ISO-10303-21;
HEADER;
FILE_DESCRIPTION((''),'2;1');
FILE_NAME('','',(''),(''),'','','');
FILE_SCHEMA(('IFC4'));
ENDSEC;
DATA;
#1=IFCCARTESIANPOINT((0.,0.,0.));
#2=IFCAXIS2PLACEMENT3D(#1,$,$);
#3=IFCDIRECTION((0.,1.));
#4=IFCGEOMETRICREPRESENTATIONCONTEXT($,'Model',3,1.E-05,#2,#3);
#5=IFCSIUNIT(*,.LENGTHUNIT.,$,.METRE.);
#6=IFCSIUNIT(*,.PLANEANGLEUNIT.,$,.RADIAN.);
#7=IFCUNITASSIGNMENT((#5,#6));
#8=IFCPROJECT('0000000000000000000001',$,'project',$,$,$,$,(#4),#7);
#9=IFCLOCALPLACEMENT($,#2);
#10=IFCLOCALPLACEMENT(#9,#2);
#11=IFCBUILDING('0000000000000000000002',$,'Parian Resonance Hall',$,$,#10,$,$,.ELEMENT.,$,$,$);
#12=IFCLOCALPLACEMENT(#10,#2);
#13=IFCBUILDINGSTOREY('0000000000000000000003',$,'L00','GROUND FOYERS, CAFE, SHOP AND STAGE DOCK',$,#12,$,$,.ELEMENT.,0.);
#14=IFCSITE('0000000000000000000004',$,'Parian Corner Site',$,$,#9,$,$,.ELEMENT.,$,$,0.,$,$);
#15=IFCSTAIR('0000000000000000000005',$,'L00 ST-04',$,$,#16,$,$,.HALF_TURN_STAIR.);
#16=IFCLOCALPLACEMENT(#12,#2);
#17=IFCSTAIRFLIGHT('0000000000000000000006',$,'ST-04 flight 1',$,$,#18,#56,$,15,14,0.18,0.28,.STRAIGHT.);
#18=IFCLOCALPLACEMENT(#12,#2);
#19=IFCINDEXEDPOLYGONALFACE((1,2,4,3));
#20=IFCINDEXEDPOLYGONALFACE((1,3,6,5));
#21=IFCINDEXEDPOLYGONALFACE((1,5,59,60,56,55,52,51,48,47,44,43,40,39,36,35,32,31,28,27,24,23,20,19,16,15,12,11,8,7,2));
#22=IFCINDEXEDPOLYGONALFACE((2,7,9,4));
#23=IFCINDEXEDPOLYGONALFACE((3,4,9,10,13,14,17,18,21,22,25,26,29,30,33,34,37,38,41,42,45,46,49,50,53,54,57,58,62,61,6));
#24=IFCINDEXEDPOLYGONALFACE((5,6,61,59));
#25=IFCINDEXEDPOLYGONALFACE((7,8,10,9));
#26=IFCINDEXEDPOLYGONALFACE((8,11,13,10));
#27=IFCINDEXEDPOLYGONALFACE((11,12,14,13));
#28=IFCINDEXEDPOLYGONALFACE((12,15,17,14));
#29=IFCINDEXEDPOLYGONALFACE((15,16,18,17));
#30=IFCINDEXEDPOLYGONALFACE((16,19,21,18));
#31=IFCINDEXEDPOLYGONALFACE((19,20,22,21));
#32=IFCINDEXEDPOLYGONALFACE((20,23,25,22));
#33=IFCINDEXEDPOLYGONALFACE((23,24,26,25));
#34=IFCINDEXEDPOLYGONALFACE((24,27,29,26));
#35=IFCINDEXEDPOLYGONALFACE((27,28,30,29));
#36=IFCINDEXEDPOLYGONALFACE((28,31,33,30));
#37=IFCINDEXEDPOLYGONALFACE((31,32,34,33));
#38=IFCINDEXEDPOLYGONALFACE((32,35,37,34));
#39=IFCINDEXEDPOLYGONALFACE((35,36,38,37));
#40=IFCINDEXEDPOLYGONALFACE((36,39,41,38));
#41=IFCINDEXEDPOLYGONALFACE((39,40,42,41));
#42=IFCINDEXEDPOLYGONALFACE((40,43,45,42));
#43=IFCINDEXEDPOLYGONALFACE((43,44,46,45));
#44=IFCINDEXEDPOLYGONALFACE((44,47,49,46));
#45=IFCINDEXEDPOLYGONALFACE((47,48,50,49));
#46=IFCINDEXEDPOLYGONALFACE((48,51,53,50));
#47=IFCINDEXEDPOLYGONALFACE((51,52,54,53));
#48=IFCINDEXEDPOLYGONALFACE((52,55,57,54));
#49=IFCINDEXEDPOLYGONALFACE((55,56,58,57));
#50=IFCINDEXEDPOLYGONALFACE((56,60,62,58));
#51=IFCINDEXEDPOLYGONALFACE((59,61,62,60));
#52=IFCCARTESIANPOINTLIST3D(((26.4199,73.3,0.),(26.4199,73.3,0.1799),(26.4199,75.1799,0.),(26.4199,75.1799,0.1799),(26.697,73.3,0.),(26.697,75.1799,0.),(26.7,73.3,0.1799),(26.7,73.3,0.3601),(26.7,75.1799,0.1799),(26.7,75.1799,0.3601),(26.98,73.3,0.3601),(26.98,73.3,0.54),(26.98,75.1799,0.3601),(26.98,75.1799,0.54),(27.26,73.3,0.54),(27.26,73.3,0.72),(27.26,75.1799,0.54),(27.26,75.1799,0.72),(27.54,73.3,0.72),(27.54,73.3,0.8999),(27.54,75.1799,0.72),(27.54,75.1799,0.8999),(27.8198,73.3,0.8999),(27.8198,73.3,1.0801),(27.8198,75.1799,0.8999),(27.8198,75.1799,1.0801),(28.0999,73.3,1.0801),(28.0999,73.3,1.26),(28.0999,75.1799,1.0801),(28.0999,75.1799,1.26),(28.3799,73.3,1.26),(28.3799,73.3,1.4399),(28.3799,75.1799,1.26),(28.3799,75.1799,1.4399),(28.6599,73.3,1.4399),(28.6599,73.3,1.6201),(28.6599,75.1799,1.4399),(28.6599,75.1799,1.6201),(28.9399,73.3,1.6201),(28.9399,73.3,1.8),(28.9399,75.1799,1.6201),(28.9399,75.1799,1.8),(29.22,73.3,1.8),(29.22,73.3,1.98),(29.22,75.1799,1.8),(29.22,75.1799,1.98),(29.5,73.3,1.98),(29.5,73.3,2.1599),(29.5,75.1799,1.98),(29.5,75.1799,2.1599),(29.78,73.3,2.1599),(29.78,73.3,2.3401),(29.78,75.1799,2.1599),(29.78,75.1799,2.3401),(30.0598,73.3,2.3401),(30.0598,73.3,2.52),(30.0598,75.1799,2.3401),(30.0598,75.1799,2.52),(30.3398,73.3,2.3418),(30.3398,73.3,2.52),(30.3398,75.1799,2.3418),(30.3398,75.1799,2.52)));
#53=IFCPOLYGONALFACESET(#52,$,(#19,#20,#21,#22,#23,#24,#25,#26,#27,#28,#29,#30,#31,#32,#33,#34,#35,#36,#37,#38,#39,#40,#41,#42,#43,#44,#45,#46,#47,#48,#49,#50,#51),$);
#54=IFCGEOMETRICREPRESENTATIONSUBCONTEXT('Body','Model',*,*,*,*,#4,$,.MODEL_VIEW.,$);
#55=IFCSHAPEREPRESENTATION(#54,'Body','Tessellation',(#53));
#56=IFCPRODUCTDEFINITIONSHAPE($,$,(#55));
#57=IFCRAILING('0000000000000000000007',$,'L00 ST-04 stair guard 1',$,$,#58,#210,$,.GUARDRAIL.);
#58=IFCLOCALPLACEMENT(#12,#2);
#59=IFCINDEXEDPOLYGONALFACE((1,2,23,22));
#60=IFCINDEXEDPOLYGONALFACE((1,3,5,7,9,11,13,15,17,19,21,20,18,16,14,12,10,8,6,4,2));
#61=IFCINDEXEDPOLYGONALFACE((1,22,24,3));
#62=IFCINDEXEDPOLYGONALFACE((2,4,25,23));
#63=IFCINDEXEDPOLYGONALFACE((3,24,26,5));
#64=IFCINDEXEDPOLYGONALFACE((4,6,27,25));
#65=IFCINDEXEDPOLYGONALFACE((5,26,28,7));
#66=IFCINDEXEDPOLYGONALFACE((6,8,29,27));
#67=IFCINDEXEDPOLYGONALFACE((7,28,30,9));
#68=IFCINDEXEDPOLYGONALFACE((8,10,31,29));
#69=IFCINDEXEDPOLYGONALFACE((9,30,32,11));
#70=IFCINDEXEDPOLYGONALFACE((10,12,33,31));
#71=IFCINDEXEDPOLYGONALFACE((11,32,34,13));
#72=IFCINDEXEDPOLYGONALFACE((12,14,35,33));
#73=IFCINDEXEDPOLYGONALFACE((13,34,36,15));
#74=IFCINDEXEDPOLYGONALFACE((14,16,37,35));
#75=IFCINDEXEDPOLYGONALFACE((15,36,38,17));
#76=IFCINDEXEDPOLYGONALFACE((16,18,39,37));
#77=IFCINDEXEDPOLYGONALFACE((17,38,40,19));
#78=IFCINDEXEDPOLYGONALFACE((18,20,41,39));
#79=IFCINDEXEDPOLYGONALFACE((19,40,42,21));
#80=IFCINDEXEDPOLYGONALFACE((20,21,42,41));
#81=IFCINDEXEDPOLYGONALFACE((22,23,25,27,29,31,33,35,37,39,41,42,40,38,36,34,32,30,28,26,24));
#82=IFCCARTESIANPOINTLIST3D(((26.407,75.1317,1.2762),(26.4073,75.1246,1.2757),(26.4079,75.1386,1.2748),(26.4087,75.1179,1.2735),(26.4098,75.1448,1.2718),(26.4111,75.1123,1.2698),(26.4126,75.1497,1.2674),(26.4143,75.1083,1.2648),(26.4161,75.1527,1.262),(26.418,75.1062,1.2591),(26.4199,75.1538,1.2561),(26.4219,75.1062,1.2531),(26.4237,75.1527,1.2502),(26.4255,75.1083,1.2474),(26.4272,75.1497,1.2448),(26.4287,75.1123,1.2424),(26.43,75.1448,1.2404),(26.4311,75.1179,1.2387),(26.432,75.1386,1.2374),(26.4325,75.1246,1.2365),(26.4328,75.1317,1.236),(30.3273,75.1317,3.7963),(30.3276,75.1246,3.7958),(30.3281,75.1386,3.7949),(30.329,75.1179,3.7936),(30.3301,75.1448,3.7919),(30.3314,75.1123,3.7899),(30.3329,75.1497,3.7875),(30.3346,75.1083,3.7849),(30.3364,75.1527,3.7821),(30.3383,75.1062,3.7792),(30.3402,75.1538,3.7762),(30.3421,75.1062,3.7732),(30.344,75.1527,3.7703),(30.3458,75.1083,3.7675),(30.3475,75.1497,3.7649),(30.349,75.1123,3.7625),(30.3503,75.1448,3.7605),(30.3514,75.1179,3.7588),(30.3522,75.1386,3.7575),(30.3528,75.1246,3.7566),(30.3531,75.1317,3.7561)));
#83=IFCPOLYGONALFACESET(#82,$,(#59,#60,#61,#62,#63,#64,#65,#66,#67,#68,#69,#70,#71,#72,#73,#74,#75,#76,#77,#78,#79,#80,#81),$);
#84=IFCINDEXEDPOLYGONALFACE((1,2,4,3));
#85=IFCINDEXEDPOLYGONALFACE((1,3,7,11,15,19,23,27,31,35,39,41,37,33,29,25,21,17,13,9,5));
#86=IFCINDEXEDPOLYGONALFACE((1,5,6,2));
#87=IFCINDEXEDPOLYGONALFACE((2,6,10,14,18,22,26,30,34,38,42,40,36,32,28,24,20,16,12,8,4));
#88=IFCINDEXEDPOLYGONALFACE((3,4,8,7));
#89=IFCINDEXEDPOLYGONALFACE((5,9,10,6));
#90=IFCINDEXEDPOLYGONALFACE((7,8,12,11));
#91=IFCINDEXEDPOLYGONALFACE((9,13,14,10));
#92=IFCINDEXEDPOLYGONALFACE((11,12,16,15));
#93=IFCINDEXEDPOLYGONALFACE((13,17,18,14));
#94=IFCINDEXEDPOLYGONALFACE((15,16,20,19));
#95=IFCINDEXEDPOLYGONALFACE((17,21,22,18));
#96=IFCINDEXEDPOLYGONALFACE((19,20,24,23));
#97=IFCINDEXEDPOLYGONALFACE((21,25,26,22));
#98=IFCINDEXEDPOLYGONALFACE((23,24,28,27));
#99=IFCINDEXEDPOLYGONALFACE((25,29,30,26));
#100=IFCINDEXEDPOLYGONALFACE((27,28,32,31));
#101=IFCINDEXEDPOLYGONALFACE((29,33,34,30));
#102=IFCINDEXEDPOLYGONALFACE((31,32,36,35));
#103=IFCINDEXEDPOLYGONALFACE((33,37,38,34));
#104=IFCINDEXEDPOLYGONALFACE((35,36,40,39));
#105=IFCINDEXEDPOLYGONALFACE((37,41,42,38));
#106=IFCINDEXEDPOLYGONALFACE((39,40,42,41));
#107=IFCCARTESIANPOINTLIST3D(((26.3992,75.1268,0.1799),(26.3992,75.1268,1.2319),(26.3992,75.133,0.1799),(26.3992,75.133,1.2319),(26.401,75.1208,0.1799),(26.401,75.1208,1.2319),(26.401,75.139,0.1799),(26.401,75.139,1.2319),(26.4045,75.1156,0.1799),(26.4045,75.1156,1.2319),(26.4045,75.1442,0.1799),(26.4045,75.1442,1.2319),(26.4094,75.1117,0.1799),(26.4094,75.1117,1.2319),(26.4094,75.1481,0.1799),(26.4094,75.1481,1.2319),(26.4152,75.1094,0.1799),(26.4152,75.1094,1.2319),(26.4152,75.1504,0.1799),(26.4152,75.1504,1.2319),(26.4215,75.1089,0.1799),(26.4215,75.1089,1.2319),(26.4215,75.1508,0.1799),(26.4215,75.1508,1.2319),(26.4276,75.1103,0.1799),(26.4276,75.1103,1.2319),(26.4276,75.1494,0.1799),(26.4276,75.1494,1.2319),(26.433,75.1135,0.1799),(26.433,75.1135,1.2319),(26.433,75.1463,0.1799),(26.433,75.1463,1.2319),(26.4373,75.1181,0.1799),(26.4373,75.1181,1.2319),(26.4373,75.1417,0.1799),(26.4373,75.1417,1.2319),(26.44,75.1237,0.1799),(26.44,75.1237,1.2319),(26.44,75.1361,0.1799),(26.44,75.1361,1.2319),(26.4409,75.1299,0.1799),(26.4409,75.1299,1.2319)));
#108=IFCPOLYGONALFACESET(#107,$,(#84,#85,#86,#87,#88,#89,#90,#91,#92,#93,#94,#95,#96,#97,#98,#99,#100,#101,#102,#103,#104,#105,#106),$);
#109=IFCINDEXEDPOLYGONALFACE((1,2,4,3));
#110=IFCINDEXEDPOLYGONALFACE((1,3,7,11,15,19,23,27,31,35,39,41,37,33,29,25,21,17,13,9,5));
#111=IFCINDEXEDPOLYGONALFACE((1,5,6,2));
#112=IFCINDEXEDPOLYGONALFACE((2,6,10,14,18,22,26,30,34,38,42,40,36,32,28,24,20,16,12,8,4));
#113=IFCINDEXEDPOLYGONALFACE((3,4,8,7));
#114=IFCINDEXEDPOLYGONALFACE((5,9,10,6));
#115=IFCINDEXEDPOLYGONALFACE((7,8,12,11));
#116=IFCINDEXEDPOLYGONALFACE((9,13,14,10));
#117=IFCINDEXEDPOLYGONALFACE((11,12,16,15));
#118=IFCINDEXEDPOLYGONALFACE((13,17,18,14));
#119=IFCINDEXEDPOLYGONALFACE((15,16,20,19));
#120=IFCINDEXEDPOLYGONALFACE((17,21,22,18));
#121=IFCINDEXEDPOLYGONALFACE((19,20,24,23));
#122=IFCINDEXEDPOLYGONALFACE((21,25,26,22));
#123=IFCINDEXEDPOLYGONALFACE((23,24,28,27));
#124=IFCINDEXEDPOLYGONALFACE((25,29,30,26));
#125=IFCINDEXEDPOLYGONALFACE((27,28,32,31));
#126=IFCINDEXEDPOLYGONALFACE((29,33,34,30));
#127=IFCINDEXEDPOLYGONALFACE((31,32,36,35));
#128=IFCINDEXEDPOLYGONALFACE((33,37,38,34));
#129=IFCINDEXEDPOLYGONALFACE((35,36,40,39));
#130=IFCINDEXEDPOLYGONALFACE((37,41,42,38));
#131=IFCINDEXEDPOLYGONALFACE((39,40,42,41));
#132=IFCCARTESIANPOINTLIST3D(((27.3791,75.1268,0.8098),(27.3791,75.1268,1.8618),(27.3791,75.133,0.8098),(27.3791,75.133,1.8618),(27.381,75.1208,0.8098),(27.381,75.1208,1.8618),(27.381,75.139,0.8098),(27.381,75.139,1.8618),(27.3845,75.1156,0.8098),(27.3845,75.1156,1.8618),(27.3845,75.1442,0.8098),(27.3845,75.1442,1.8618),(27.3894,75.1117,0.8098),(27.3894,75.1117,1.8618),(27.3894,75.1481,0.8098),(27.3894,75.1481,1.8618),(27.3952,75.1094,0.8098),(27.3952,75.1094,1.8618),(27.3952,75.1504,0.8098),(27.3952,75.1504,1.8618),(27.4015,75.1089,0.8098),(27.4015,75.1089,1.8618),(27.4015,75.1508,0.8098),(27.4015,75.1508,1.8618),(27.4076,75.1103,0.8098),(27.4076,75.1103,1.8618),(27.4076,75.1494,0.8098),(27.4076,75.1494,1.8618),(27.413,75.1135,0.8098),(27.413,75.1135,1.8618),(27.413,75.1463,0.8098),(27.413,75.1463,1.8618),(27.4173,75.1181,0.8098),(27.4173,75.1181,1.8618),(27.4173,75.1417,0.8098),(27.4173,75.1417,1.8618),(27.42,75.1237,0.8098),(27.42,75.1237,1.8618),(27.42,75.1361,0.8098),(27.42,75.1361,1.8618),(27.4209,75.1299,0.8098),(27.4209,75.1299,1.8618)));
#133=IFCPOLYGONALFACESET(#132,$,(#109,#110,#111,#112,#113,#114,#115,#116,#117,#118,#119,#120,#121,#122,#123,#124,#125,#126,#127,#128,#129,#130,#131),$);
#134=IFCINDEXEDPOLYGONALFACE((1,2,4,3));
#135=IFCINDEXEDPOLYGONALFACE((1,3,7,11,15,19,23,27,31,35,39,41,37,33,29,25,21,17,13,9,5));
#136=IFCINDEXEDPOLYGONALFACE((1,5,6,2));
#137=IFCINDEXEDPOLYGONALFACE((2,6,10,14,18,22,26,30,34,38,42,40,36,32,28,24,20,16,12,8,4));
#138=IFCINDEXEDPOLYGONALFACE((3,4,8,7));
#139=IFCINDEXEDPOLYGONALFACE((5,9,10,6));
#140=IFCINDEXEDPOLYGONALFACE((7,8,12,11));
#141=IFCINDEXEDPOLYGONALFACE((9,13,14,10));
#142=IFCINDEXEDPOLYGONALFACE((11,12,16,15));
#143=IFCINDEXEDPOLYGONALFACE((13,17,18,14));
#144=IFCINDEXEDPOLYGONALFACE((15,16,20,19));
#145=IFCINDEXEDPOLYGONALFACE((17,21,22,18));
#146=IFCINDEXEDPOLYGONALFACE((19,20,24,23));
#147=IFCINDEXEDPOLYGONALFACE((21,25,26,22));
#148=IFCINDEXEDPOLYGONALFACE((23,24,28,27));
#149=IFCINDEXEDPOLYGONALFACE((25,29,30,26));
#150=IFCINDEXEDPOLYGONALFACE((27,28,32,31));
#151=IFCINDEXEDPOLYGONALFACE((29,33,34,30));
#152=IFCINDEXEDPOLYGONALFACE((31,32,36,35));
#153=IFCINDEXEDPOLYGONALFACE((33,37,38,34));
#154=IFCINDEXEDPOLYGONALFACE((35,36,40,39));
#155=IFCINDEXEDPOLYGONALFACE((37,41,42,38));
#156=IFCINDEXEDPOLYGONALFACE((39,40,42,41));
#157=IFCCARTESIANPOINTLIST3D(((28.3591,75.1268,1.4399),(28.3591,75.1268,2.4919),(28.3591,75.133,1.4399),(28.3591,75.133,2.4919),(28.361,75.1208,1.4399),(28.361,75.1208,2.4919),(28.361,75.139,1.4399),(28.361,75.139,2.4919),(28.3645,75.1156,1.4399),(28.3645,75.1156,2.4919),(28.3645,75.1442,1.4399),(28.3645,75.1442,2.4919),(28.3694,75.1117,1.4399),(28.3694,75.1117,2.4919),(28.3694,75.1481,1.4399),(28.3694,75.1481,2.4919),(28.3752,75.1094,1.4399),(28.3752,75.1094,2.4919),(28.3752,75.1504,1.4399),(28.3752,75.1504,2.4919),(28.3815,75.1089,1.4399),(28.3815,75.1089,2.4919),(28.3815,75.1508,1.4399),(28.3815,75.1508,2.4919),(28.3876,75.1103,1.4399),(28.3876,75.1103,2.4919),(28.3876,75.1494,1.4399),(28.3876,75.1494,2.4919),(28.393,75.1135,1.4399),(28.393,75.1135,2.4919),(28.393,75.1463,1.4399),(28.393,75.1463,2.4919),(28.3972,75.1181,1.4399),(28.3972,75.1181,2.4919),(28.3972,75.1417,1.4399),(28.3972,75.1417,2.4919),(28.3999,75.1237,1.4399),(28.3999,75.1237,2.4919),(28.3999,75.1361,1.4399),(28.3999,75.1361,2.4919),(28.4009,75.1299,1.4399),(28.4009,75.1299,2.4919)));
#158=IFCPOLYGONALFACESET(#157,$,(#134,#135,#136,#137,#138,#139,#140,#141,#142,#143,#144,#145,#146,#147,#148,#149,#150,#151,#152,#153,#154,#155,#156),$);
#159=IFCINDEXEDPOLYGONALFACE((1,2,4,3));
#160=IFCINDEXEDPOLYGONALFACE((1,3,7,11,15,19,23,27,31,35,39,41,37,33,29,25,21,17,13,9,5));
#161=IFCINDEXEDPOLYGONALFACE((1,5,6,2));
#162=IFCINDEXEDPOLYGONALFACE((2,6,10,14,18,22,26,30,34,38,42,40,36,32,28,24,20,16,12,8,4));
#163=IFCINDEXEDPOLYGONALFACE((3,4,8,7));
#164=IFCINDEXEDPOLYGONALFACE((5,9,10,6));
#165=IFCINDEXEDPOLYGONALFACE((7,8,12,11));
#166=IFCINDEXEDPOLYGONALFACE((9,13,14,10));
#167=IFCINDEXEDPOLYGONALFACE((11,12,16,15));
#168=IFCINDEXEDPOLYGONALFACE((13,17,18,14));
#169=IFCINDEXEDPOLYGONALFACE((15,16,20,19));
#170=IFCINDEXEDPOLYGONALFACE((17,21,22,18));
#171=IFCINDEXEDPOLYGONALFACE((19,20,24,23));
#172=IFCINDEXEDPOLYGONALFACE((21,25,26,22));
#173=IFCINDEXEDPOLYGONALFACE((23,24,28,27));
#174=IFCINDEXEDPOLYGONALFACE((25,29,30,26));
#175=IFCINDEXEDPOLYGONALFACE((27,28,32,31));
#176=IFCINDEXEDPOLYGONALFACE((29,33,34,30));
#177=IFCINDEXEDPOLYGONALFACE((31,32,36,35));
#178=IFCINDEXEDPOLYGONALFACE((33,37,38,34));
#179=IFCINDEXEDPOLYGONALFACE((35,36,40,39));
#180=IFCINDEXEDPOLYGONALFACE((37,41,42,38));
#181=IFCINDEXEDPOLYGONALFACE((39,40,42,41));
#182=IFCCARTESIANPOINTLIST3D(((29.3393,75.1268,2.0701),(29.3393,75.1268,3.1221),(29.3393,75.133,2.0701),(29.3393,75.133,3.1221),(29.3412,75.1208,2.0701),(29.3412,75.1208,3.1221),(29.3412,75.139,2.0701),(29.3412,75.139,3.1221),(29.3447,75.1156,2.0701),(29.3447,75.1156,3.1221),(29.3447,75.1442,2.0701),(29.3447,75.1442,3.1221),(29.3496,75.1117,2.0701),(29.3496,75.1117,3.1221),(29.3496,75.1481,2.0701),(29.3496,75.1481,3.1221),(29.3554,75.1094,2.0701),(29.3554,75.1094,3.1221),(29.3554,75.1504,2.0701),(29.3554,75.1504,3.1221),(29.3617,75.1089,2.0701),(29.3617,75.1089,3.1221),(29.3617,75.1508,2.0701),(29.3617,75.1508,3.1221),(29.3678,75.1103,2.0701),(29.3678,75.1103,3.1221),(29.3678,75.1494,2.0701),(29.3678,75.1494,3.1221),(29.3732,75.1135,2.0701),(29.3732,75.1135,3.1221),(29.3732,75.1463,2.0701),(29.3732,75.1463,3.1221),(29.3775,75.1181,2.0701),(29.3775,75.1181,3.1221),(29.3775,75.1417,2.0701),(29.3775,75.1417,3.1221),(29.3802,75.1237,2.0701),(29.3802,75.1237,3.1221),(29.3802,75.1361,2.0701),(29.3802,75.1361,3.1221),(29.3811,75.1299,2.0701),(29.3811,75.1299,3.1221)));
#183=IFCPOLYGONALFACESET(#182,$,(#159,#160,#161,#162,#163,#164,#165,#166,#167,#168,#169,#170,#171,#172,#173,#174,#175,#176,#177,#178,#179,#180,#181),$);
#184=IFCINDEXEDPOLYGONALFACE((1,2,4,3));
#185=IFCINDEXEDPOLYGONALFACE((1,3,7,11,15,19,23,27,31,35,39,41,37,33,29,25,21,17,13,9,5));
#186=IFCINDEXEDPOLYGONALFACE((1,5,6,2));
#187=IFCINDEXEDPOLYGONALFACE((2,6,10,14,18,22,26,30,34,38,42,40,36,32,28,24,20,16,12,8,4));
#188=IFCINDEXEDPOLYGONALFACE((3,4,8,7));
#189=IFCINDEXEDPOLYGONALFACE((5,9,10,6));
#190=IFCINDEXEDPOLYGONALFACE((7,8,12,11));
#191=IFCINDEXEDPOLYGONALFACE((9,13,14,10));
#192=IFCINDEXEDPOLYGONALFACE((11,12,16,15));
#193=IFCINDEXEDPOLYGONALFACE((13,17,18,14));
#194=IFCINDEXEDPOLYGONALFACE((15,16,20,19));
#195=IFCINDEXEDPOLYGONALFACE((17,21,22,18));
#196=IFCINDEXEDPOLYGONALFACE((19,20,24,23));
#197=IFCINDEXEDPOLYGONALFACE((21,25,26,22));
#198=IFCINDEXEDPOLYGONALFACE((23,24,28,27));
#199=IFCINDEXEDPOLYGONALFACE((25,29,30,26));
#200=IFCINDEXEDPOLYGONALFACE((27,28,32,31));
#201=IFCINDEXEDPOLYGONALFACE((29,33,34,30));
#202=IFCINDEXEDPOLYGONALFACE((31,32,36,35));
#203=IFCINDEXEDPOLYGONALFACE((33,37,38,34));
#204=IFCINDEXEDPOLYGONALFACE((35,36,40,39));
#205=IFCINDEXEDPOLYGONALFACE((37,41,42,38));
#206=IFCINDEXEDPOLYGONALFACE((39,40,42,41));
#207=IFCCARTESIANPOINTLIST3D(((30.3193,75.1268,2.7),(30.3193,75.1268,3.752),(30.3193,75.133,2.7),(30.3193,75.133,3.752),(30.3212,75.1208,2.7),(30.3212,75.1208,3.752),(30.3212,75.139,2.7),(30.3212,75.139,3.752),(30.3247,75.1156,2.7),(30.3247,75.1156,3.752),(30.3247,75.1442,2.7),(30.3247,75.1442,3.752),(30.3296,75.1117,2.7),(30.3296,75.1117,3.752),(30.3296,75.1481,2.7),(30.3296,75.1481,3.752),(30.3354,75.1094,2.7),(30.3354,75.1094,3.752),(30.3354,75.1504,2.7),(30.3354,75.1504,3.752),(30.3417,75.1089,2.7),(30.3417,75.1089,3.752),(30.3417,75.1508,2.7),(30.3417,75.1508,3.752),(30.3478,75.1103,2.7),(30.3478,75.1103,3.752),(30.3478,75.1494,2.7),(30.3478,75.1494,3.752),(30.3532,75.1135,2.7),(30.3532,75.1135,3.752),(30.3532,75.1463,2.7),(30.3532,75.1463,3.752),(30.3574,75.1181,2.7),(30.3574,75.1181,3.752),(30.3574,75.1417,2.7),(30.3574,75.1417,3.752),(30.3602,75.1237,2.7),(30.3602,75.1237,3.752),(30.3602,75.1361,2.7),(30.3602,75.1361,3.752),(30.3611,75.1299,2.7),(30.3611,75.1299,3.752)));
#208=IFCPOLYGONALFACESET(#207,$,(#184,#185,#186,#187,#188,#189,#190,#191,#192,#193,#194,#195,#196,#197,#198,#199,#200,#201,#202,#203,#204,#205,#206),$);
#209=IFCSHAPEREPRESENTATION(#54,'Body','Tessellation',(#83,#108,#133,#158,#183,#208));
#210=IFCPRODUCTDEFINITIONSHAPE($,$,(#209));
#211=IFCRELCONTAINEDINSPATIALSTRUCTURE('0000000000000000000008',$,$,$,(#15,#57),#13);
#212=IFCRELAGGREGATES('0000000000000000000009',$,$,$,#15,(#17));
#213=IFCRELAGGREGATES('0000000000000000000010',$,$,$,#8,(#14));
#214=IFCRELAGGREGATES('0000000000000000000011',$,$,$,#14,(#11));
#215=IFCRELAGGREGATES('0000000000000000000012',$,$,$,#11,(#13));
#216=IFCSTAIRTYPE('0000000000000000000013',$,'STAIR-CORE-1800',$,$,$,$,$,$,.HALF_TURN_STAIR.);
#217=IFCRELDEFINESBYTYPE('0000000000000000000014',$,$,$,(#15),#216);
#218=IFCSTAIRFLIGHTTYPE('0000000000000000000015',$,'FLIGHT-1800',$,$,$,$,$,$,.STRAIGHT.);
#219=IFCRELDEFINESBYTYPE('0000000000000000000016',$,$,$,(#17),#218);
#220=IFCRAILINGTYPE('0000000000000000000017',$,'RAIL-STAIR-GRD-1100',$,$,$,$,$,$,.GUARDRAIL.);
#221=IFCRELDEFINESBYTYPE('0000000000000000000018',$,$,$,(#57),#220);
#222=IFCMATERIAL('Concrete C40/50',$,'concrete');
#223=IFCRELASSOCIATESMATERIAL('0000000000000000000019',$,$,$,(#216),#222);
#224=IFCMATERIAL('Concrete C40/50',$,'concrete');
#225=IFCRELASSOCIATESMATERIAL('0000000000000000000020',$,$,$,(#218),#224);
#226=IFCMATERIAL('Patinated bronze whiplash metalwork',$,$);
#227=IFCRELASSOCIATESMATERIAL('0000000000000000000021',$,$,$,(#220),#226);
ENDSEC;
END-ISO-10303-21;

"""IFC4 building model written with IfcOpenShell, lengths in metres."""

from ifc_helpers import new_model, si_unit, direction, frame, origin, origin_2d, place, context, subcontext, project, spatial, polyline, circle, outline, extrude, material, type_object, element, aggregate, save


model = new_model("IFC4")

# Units and contexts
model_context = context("Model", 3, precision=1e-05, world=origin(), true_north=direction((0.0, 1.0)))
body_context = subcontext(model_context, "Body", "Model", "MODEL_VIEW")
ifc_project = project(units=[si_unit("LENGTHUNIT", "METRE"), si_unit("PLANEANGLEUNIT", "RADIAN")], contexts=[model_context])

# Site, building, storey
site_placement = place(None, origin())
site = spatial("IfcSite", under=ifc_project, at=site_placement, Name="Parian Corner Site", CompositionType="ELEMENT", RefElevation=0.0)
building_placement = place(site_placement, origin())
building = spatial("IfcBuilding", under=site, at=building_placement, Name="Parian Resonance Hall", CompositionType="ELEMENT")
storey_placement = place(building_placement, origin())
storey = spatial("IfcBuildingStorey", under=building, at=storey_placement, Name="L00", Description="GROUND FOYERS, CAFE, SHOP AND STAGE DOCK", CompositionType="ELEMENT", Elevation=0.0)

# Stair, stair flight
ifc_material_1 = material(Name="Concrete C40/50", Category="concrete")
stair_type = type_object("IfcStairType", Name="STAIR-CORE-1800", PredefinedType="HALF_TURN_STAIR", material=ifc_material_1)
stair_placement = place(storey_placement, origin())
stair = element("IfcStair", 1, at=stair_placement, inside=storey, type_object=stair_type, Name="L00 ST-04", PredefinedType="HALF_TURN_STAIR")
ifc_material_2 = material(Name="Concrete C40/50", Category="concrete")
stair_flight_type = type_object("IfcStairFlightType", Name="FLIGHT-1800", PredefinedType="STRAIGHT", material=ifc_material_2)
stair_flight_placement = place(storey_placement, frame((26.4199, 74.24, 0.0), z_axis=(0.0, 0.0, 1.0), x_axis=(1.0, 0.0, 0.0)))
stair_flight = element("IfcStairFlight", 2, at=stair_flight_placement, type_object=stair_flight_type, Name="ST-04 flight 1", NumberOfRisers=15, NumberOfTreads=14, PredefinedType="STRAIGHT", RiserHeight=0.18, TreadLength=0.28, context=body_context, shape_type="SweptSolid", body=[
    extrude(outline(polyline([(0.0, 0.0), (0.0, 0.1799), (0.28, 0.1799), (0.28, 0.3601), (0.5601, 0.3601), (0.5601, 0.54), (0.8401, 0.54), (0.8401, 0.72), (1.1201, 0.72), (1.1201, 0.8999), (1.3999, 0.8999), (1.3999, 1.0801), (1.6799, 1.0801), (1.6799, 1.26), (1.96, 1.26), (1.96, 1.4399), (2.24, 1.4399), (2.24, 1.6201), (2.52, 1.6201), (2.52, 1.8), (2.8, 1.8), (2.8, 1.98), (3.0801, 1.98), (3.0801, 2.1599), (3.3601, 2.1599), (3.3601, 2.3401), (3.6399, 2.3401), (3.6399, 2.52), (3.9199, 2.52), (3.9199, 2.7), (3.9199, 2.3418), (0.2771, 0.0), (0.0, 0.0)])), frame((0.0, 0.9399, 0.0), z_axis=(0.0, -1.0, 0.0), x_axis=(1.0, 0.0, 0.0)), (0.0, 0.0, 1.0), 1.8799),
])
aggregate(stair, [stair_flight])

# Railing
ifc_material_3 = material(Name="Patinated bronze whiplash metalwork")
railing_type_1 = type_object("IfcRailingType", Name="RAIL-STAIR-GRD-1100", PredefinedType="GUARDRAIL", material=ifc_material_3)
railing_1_placement = place(storey_placement, frame((26.4199, 75.1299, 0.1799)))
element("IfcRailing", 3, at=railing_1_placement, inside=storey, type_object=railing_type_1, Name="L00 ST-04 stair guard 1", PredefinedType="GUARDRAIL", context=body_context, shape_type="SweptSolid", body=[
    extrude(circle(Radius=0.0239, at=origin_2d()), frame((0.0, 0.0, 1.0762), z_axis=(0.841187, 0.0, 0.540744), x_axis=(0.0, 1.0, 0.0)), (0.0, 0.0, 1.0), 4.6604),
    extrude(circle(Radius=0.021, at=origin_2d()), origin(), (0.0, 0.0, 1.0), 1.052),
    extrude(circle(Radius=0.021, at=origin_2d()), frame((0.98, 0.0, 0.6299)), (0.0, 0.0, 1.0), 1.052),
    extrude(circle(Radius=0.021, at=origin_2d()), frame((1.96, 0.0, 1.26)), (0.0, 0.0, 1.0), 1.052),
    extrude(circle(Radius=0.021, at=origin_2d()), frame((2.9402, 0.0, 1.8901)), (0.0, 0.0, 1.0), 1.052),
    extrude(circle(Radius=0.021, at=origin_2d()), frame((3.9202, 0.0, 2.52)), (0.0, 0.0, 1.0), 1.052),
])

save(model, "model.ifc")
